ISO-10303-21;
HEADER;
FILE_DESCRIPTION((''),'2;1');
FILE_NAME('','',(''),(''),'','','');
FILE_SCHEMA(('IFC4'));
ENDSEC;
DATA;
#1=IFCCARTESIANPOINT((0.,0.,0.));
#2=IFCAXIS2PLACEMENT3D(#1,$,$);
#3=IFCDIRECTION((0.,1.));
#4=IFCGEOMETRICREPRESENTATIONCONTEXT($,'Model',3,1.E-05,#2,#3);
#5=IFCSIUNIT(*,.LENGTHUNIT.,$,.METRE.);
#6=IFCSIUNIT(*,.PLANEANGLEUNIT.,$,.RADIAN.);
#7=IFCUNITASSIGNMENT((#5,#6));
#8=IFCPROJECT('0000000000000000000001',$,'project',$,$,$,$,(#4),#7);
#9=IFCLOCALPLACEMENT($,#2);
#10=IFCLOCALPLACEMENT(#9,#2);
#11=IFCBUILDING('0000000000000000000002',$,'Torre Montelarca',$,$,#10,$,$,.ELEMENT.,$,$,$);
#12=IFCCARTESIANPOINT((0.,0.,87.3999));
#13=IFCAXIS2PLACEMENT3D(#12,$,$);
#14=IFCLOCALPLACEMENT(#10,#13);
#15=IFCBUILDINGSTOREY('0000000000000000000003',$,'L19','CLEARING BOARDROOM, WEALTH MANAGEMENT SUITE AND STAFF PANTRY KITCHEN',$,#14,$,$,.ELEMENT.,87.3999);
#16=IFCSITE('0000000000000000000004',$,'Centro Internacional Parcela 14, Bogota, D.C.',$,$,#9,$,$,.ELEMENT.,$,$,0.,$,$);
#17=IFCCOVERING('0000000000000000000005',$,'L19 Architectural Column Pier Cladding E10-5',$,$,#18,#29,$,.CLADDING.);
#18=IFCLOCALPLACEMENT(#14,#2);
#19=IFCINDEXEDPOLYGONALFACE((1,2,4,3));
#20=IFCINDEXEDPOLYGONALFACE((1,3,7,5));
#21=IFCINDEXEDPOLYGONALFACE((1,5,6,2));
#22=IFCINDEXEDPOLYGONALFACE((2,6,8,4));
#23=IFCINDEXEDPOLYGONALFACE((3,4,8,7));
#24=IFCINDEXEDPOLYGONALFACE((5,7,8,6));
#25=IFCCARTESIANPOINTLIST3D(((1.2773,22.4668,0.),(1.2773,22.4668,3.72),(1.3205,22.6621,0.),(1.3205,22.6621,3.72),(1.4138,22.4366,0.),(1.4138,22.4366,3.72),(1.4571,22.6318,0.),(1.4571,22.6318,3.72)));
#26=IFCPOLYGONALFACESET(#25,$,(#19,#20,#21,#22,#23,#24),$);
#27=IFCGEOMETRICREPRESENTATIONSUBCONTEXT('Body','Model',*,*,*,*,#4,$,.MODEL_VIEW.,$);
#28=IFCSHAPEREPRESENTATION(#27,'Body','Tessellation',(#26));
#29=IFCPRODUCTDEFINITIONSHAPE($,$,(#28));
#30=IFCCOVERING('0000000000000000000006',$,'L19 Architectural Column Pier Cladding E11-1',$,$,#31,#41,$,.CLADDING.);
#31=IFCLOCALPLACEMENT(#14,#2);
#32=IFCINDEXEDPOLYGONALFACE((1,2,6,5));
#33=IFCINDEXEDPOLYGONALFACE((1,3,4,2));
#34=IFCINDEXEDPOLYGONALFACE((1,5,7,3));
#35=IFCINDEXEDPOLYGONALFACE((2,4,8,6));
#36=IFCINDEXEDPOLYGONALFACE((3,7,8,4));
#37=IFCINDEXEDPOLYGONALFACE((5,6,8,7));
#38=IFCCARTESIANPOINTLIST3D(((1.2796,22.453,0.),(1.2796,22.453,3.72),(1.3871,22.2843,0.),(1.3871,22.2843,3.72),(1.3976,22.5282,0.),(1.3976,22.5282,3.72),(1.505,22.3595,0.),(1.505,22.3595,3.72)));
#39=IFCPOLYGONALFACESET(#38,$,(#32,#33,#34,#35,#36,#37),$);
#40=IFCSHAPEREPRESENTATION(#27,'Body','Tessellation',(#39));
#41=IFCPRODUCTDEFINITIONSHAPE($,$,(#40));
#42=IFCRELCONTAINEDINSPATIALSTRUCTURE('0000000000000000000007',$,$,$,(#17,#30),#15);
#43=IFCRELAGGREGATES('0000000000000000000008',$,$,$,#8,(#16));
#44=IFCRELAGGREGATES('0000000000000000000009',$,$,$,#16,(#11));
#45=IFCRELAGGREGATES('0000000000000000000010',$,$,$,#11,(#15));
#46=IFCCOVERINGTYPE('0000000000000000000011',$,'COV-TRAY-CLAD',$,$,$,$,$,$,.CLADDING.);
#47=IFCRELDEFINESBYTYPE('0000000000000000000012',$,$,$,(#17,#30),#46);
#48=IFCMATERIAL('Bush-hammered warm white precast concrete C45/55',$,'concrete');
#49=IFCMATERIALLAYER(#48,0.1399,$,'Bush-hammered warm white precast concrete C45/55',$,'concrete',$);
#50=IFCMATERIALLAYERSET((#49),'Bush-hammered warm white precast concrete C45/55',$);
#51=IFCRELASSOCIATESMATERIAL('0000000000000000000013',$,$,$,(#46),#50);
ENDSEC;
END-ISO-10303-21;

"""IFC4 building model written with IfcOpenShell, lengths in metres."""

from ifc_helpers import new_model, si_unit, direction, frame, origin, origin_2d, place, context, subcontext, project, spatial, rectangle, extrude, source, transform, mapped, material, layer, layer_set, type_object, element, save


model = new_model("IFC4")

# Units and contexts
model_context = context("Model", 3, precision=1e-05, world=origin(), true_north=direction((0.0, 1.0)))
body_context = subcontext(model_context, "Body", "Model", "MODEL_VIEW")
ifc_project = project(units=[si_unit("LENGTHUNIT", "METRE"), si_unit("PLANEANGLEUNIT", "RADIAN")], contexts=[model_context])

# Site, building, storey
site_placement = place(None, origin())
site = spatial("IfcSite", under=ifc_project, at=site_placement, Name="Centro Internacional Parcela 14, Bogota, D.C.", CompositionType="ELEMENT", RefElevation=0.0)
building_placement = place(site_placement, origin())
building = spatial("IfcBuilding", under=site, at=building_placement, Name="Torre Montelarca", CompositionType="ELEMENT")
storey_placement = place(building_placement, frame((0.0, 0.0, 87.3999)))
storey = spatial("IfcBuildingStorey", under=building, at=storey_placement, Name="L19", Description="CLEARING BOARDROOM, WEALTH MANAGEMENT SUITE AND STAFF PANTRY KITCHEN", CompositionType="ELEMENT", Elevation=87.3999)

# Coverings
ifc_material_1 = material(Name="Bush-hammered warm white precast concrete C45/55", Category="concrete")
ifc_layer_1 = layer(ifc_material_1, 0.1399, Name="Bush-hammered warm white precast concrete C45/55", Category="concrete")
ifc_layer_set_1 = layer_set([ifc_layer_1], Name="Bush-hammered warm white precast concrete C45/55")
covering_type = type_object("IfcCoveringType", Name="COV-TRAY-CLAD", PredefinedType="CLADDING", material=ifc_layer_set_1)
shared_shape_1 = source(origin(), body_context, "Body", "SweptSolid", [
    extrude(rectangle(XDim=0.2, YDim=0.1399, at=origin_2d()), origin(), (0.0, 0.0, 1.0), 3.72),
])
for number, where, z_axis, x_axis, name in (
    (1, (1.3672, 22.5493, 0.0), (0.0, 0.0, 1.0), (-0.216441, -0.976296, 0.0), "L19 Architectural Column Pier Cladding E10-5"),
    (2, (1.3923, 22.4062, 0.0), (0.0, 0.0, 1.0), (0.537314, -0.843382, 0.0), "L19 Architectural Column Pier Cladding E11-1"),
):
    element("IfcCovering", number, at=place(storey_placement, frame(where, z_axis=z_axis, x_axis=x_axis)), inside=storey, type_object=covering_type, Name=name, PredefinedType="CLADDING", context=body_context, shape_type="MappedRepresentation", body=[
        mapped(shared_shape_1, transform((0.0, 0.0, 0.0), scale=1.0)),
    ])

save(model, "model.ifc")
